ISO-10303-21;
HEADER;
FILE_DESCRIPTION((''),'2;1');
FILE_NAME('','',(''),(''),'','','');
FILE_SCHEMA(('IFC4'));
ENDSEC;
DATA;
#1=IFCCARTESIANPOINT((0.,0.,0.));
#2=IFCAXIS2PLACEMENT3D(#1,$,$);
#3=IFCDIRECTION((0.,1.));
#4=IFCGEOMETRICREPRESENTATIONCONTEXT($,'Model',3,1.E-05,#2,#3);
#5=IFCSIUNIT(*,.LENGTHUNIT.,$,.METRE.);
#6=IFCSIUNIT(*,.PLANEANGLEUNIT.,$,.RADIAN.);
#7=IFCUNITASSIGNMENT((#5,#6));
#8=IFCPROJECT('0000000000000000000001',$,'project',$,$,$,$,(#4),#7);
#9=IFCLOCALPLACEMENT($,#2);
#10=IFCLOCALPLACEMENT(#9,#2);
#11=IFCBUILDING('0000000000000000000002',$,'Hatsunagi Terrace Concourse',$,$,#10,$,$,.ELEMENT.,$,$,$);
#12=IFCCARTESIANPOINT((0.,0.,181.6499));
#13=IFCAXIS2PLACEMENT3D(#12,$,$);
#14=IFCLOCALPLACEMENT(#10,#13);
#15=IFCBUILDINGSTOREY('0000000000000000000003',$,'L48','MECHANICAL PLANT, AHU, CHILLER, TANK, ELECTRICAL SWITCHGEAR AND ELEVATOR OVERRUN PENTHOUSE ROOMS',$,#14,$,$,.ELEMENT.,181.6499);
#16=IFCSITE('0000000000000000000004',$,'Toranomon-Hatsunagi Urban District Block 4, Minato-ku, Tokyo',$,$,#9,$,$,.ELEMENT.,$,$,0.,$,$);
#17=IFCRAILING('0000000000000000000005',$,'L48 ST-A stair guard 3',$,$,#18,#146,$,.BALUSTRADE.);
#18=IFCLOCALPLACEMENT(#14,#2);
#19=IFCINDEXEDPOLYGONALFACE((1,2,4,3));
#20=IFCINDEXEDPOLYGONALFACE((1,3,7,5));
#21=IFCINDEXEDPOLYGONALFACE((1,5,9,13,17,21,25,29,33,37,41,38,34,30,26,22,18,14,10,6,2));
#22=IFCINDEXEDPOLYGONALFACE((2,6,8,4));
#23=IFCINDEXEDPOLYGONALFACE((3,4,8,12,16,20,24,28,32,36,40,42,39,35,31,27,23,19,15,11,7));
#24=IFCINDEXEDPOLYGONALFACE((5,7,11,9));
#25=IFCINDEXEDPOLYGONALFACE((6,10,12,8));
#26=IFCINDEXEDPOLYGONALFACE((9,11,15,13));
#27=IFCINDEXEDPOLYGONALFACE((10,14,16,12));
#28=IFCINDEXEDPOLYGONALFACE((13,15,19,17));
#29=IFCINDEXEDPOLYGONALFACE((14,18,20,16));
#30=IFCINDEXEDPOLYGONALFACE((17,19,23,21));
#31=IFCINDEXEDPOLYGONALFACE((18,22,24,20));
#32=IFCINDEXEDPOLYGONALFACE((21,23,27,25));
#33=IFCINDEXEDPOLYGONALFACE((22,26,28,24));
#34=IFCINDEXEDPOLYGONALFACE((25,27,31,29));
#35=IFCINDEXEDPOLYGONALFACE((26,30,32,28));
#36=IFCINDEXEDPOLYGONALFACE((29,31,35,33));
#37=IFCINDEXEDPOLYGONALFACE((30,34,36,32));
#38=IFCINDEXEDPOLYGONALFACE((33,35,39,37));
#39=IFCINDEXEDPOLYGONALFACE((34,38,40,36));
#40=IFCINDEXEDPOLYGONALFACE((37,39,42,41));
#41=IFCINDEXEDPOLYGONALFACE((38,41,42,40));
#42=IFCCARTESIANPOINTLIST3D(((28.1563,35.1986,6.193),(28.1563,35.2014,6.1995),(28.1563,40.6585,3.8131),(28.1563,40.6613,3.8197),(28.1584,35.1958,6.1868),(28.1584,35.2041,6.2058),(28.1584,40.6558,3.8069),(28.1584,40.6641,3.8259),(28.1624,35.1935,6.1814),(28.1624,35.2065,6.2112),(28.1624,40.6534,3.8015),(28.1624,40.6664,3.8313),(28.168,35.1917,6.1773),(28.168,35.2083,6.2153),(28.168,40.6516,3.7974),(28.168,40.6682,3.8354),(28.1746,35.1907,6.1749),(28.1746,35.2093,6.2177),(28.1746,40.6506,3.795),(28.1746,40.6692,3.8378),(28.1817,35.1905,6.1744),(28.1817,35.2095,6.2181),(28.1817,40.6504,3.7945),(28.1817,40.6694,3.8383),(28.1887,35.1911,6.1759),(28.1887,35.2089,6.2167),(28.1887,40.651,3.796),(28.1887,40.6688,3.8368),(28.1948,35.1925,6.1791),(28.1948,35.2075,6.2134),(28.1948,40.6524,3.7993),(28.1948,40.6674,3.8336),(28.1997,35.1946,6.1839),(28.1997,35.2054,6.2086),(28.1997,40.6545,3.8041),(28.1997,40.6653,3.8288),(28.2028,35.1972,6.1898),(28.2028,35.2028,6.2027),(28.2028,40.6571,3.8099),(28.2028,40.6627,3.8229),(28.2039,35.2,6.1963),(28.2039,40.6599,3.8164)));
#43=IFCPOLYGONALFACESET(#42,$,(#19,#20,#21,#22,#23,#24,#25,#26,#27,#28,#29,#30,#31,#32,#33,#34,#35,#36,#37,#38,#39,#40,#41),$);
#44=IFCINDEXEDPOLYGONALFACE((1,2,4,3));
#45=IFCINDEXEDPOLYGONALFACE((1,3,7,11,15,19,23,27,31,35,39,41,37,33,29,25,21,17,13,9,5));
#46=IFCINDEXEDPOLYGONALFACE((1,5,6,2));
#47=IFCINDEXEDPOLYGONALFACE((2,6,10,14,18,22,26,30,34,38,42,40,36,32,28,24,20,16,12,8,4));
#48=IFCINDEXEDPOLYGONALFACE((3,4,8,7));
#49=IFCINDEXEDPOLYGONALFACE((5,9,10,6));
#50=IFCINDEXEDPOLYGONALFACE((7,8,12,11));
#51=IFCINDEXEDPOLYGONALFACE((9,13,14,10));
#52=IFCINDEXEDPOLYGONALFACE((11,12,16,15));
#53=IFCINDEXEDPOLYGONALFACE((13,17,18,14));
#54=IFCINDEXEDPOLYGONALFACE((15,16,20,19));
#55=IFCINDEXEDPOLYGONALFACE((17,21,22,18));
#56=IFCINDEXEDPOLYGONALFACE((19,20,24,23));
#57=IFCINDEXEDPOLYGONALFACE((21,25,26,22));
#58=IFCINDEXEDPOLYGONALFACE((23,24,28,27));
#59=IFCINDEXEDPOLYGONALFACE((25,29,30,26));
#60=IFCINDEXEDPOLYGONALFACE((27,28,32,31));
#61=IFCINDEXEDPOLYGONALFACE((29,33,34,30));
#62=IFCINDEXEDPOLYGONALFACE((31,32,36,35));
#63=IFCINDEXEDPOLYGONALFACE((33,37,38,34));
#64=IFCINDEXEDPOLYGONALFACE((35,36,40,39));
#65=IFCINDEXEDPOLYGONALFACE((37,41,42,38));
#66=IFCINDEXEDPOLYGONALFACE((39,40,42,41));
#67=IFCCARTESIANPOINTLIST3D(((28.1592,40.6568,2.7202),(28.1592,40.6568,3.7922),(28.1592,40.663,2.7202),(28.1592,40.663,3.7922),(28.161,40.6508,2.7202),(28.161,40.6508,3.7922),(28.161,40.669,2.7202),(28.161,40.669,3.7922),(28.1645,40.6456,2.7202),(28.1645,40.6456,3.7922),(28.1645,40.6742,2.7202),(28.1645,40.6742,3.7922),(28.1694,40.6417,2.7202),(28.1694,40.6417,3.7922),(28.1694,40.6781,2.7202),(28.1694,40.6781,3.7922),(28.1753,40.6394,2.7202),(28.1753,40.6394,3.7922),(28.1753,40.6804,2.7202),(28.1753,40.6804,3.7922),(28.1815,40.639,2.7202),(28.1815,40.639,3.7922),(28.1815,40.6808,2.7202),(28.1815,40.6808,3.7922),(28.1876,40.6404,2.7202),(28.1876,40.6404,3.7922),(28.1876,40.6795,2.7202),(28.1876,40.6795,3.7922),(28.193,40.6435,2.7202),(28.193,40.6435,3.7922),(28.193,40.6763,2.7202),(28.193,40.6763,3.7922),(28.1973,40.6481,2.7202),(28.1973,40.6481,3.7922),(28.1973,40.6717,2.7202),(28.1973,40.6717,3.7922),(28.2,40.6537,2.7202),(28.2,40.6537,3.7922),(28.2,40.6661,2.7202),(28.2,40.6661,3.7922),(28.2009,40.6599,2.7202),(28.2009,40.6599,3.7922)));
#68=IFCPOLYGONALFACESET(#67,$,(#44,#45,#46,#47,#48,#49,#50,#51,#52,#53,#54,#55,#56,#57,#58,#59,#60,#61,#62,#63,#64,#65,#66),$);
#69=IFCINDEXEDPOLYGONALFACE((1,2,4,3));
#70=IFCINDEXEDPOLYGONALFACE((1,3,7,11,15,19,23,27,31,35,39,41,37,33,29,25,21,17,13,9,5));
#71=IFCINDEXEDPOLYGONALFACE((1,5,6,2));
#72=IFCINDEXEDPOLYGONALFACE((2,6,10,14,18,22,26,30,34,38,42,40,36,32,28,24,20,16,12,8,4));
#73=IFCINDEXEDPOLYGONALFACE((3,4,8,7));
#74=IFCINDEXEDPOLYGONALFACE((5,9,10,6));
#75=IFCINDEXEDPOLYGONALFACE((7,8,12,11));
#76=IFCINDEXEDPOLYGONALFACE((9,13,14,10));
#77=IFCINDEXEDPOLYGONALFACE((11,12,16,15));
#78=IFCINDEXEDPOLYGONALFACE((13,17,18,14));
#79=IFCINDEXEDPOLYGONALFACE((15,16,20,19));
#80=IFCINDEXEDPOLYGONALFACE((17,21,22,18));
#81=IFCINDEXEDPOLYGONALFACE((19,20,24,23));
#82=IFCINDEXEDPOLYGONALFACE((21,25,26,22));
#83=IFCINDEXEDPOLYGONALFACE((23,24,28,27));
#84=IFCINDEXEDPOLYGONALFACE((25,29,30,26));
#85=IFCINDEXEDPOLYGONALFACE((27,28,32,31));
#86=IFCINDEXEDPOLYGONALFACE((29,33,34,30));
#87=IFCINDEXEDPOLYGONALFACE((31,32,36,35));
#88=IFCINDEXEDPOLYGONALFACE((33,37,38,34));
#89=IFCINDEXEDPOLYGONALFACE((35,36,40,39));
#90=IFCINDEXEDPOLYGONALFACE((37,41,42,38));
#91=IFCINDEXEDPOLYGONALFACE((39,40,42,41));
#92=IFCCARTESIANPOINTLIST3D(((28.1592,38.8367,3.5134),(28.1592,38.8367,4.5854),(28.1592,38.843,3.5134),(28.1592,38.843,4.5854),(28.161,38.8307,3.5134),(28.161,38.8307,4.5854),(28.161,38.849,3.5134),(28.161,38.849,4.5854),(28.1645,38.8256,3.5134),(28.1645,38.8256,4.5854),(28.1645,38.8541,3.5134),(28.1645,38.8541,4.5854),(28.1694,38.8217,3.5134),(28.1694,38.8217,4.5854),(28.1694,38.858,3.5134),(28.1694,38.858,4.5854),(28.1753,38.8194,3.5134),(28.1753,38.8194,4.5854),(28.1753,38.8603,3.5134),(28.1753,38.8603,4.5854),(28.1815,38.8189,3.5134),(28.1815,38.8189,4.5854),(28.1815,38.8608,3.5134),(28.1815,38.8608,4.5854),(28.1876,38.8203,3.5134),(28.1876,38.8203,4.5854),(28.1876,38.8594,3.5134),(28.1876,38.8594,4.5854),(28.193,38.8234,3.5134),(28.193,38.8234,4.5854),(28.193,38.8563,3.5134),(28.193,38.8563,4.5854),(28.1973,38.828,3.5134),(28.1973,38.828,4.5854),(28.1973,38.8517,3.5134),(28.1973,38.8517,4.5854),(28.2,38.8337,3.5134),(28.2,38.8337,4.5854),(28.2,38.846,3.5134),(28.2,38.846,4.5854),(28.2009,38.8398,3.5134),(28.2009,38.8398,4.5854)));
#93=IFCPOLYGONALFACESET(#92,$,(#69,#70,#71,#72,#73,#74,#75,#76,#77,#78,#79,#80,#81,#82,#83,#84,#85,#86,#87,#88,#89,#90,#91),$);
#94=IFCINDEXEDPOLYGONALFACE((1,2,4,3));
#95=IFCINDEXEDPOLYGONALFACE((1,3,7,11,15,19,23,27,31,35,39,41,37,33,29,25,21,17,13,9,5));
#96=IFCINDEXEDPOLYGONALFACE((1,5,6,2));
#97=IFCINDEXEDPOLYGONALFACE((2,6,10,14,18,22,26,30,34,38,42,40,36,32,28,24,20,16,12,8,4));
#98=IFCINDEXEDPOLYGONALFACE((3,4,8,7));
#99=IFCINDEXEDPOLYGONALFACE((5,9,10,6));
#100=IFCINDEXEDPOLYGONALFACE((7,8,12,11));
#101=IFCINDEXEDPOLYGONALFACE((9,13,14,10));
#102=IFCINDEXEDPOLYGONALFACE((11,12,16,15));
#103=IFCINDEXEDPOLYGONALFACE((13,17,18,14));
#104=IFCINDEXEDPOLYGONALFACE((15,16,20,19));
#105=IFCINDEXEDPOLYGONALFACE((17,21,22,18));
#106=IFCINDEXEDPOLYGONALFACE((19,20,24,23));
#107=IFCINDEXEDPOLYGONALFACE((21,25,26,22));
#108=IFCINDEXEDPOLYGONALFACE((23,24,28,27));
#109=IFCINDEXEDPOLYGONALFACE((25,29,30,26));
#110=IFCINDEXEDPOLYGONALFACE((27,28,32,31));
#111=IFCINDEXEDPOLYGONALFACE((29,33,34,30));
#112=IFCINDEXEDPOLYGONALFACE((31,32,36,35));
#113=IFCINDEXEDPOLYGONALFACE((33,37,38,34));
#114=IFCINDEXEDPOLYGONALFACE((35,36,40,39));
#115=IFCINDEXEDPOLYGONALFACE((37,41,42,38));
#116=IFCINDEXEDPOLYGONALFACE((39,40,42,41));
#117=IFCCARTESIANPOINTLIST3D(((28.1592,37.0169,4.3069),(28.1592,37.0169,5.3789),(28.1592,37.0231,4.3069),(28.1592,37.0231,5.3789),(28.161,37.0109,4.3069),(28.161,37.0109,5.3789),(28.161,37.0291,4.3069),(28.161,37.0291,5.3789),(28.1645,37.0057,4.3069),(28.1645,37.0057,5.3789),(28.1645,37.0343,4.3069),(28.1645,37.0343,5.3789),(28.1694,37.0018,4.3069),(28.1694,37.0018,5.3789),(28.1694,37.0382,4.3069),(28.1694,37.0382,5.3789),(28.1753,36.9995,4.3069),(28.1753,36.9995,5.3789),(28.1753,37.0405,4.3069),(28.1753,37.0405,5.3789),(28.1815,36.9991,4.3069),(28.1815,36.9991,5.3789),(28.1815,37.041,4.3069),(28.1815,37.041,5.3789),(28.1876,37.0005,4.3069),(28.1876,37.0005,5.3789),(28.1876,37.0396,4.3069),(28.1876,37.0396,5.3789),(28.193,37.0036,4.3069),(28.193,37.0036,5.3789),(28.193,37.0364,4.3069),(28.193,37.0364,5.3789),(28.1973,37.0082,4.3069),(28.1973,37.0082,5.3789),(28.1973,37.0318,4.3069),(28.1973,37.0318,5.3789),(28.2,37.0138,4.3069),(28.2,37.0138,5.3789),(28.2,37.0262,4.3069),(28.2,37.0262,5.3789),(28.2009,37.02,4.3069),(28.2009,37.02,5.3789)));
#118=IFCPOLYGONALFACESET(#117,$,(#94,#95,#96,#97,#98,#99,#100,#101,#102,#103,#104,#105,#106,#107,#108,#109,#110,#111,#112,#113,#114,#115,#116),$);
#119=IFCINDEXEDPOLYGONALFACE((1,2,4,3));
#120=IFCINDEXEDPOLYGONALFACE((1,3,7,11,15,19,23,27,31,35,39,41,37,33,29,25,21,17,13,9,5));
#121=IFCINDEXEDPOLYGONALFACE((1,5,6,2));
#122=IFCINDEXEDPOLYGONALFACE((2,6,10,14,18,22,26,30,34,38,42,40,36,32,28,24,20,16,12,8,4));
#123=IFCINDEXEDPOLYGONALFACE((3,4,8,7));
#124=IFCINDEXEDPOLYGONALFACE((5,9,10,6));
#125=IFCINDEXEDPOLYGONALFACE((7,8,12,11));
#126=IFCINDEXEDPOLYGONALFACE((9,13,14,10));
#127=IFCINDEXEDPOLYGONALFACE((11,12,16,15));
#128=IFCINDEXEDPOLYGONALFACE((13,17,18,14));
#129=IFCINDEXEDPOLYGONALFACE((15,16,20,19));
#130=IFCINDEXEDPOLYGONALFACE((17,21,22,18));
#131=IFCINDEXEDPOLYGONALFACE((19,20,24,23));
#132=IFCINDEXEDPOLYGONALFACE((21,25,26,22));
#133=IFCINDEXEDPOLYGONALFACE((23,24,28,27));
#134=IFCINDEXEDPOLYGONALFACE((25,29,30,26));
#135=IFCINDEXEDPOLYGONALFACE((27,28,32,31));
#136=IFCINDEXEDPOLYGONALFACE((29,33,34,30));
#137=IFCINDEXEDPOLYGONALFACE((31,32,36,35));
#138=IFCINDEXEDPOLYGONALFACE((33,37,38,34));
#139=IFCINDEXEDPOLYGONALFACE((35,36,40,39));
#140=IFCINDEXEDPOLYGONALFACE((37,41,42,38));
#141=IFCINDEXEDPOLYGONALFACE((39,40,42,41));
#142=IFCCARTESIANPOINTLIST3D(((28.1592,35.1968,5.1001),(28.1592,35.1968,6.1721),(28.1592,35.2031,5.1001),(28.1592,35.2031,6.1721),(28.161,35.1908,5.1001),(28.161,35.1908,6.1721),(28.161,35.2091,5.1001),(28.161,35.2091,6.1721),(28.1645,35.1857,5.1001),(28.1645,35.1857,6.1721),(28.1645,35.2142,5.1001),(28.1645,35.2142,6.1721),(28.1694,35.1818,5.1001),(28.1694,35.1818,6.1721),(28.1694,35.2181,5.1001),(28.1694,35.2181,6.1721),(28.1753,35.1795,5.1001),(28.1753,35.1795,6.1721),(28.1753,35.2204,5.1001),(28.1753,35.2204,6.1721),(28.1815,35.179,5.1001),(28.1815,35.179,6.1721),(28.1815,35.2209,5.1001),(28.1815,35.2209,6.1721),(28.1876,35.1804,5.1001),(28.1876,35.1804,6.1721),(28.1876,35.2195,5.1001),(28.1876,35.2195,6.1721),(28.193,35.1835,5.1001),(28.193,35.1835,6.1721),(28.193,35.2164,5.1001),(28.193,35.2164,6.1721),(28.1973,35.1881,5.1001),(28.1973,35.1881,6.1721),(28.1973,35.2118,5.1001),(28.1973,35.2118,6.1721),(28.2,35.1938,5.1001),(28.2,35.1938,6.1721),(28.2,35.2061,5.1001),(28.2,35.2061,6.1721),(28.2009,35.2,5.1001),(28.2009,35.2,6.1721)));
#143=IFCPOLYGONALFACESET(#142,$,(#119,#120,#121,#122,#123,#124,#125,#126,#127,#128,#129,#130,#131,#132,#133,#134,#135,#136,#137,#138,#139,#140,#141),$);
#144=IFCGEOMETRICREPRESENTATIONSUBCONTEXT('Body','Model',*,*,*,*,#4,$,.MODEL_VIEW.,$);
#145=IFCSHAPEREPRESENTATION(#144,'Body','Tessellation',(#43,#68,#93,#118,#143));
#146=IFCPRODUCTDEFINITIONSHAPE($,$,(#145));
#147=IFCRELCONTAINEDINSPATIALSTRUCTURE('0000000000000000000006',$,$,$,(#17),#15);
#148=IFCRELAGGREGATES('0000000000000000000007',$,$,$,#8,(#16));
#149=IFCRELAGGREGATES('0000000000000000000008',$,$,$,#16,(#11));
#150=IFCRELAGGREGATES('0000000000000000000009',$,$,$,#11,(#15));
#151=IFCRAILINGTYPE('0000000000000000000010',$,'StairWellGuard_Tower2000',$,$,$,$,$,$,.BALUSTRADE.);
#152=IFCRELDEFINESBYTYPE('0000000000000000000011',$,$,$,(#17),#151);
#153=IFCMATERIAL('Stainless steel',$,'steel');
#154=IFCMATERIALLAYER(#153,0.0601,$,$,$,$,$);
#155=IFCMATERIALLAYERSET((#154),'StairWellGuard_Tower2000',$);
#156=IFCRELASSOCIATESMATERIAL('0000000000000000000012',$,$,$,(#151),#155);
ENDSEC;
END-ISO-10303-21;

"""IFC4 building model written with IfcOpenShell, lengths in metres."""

from ifc_helpers import new_model, si_unit, direction, frame, origin, origin_2d, place, context, subcontext, project, spatial, circle, extrude, material, layer, layer_set, type_object, element, save


model = new_model("IFC4")

# Units and contexts
model_context = context("Model", 3, precision=1e-05, world=origin(), true_north=direction((0.0, 1.0)))
body_context = subcontext(model_context, "Body", "Model", "MODEL_VIEW")
ifc_project = project(units=[si_unit("LENGTHUNIT", "METRE"), si_unit("PLANEANGLEUNIT", "RADIAN")], contexts=[model_context])

# Site, building, storey
site_placement = place(None, origin())
site = spatial("IfcSite", under=ifc_project, at=site_placement, Name="Toranomon-Hatsunagi Urban District Block 4, Minato-ku, Tokyo", CompositionType="ELEMENT", RefElevation=0.0)
building_placement = place(site_placement, origin())
building = spatial("IfcBuilding", under=site, at=building_placement, Name="Hatsunagi Terrace Concourse", CompositionType="ELEMENT")
storey_placement = place(building_placement, frame((0.0, 0.0, 181.6499)))
storey = spatial("IfcBuildingStorey", under=building, at=storey_placement, Name="L48", Description="MECHANICAL PLANT, AHU, CHILLER, TANK, ELECTRICAL SWITCHGEAR AND ELEVATOR OVERRUN PENTHOUSE ROOMS", CompositionType="ELEMENT", Elevation=181.6499)

# Railing
ifc_material_1 = material(Name="Stainless steel", Category="steel")
ifc_layer_1 = layer(ifc_material_1, 0.0601)
ifc_layer_set_1 = layer_set([ifc_layer_1], Name="StairWellGuard_Tower2000")
railing_type_1 = type_object("IfcRailingType", Name="StairWellGuard_Tower2000", PredefinedType="BALUSTRADE", material=ifc_layer_set_1)
railing_1_placement = place(storey_placement, frame((28.1799, 40.6599, 2.7202)))
element("IfcRailing", 1, at=railing_1_placement, inside=storey, type_object=railing_type_1, Name="L48 ST-A stair guard 3", PredefinedType="BALUSTRADE", context=body_context, shape_type="SweptSolid", body=[
    extrude(circle(Radius=0.0239, at=origin_2d()), frame((0.0, 0.0, 1.0962), z_axis=(0.0, -0.916702, 0.399571), x_axis=(1.0, 0.0, 0.0)), (0.0, 0.0, 1.0), 5.9561),
    extrude(circle(Radius=0.021, at=origin_2d()), origin(), (0.0, 0.0, 1.0), 1.072),
    extrude(circle(Radius=0.021, at=origin_2d()), frame((0.0, -1.8201, 0.7932)), (0.0, 0.0, 1.0), 1.072),
    extrude(circle(Radius=0.021, at=origin_2d()), frame((0.0, -3.6399, 1.5867)), (0.0, 0.0, 1.0), 1.072),
    extrude(circle(Radius=0.021, at=origin_2d()), frame((0.0, -5.46, 2.3799)), (0.0, 0.0, 1.0), 1.072),
])

save(model, "model.ifc")
